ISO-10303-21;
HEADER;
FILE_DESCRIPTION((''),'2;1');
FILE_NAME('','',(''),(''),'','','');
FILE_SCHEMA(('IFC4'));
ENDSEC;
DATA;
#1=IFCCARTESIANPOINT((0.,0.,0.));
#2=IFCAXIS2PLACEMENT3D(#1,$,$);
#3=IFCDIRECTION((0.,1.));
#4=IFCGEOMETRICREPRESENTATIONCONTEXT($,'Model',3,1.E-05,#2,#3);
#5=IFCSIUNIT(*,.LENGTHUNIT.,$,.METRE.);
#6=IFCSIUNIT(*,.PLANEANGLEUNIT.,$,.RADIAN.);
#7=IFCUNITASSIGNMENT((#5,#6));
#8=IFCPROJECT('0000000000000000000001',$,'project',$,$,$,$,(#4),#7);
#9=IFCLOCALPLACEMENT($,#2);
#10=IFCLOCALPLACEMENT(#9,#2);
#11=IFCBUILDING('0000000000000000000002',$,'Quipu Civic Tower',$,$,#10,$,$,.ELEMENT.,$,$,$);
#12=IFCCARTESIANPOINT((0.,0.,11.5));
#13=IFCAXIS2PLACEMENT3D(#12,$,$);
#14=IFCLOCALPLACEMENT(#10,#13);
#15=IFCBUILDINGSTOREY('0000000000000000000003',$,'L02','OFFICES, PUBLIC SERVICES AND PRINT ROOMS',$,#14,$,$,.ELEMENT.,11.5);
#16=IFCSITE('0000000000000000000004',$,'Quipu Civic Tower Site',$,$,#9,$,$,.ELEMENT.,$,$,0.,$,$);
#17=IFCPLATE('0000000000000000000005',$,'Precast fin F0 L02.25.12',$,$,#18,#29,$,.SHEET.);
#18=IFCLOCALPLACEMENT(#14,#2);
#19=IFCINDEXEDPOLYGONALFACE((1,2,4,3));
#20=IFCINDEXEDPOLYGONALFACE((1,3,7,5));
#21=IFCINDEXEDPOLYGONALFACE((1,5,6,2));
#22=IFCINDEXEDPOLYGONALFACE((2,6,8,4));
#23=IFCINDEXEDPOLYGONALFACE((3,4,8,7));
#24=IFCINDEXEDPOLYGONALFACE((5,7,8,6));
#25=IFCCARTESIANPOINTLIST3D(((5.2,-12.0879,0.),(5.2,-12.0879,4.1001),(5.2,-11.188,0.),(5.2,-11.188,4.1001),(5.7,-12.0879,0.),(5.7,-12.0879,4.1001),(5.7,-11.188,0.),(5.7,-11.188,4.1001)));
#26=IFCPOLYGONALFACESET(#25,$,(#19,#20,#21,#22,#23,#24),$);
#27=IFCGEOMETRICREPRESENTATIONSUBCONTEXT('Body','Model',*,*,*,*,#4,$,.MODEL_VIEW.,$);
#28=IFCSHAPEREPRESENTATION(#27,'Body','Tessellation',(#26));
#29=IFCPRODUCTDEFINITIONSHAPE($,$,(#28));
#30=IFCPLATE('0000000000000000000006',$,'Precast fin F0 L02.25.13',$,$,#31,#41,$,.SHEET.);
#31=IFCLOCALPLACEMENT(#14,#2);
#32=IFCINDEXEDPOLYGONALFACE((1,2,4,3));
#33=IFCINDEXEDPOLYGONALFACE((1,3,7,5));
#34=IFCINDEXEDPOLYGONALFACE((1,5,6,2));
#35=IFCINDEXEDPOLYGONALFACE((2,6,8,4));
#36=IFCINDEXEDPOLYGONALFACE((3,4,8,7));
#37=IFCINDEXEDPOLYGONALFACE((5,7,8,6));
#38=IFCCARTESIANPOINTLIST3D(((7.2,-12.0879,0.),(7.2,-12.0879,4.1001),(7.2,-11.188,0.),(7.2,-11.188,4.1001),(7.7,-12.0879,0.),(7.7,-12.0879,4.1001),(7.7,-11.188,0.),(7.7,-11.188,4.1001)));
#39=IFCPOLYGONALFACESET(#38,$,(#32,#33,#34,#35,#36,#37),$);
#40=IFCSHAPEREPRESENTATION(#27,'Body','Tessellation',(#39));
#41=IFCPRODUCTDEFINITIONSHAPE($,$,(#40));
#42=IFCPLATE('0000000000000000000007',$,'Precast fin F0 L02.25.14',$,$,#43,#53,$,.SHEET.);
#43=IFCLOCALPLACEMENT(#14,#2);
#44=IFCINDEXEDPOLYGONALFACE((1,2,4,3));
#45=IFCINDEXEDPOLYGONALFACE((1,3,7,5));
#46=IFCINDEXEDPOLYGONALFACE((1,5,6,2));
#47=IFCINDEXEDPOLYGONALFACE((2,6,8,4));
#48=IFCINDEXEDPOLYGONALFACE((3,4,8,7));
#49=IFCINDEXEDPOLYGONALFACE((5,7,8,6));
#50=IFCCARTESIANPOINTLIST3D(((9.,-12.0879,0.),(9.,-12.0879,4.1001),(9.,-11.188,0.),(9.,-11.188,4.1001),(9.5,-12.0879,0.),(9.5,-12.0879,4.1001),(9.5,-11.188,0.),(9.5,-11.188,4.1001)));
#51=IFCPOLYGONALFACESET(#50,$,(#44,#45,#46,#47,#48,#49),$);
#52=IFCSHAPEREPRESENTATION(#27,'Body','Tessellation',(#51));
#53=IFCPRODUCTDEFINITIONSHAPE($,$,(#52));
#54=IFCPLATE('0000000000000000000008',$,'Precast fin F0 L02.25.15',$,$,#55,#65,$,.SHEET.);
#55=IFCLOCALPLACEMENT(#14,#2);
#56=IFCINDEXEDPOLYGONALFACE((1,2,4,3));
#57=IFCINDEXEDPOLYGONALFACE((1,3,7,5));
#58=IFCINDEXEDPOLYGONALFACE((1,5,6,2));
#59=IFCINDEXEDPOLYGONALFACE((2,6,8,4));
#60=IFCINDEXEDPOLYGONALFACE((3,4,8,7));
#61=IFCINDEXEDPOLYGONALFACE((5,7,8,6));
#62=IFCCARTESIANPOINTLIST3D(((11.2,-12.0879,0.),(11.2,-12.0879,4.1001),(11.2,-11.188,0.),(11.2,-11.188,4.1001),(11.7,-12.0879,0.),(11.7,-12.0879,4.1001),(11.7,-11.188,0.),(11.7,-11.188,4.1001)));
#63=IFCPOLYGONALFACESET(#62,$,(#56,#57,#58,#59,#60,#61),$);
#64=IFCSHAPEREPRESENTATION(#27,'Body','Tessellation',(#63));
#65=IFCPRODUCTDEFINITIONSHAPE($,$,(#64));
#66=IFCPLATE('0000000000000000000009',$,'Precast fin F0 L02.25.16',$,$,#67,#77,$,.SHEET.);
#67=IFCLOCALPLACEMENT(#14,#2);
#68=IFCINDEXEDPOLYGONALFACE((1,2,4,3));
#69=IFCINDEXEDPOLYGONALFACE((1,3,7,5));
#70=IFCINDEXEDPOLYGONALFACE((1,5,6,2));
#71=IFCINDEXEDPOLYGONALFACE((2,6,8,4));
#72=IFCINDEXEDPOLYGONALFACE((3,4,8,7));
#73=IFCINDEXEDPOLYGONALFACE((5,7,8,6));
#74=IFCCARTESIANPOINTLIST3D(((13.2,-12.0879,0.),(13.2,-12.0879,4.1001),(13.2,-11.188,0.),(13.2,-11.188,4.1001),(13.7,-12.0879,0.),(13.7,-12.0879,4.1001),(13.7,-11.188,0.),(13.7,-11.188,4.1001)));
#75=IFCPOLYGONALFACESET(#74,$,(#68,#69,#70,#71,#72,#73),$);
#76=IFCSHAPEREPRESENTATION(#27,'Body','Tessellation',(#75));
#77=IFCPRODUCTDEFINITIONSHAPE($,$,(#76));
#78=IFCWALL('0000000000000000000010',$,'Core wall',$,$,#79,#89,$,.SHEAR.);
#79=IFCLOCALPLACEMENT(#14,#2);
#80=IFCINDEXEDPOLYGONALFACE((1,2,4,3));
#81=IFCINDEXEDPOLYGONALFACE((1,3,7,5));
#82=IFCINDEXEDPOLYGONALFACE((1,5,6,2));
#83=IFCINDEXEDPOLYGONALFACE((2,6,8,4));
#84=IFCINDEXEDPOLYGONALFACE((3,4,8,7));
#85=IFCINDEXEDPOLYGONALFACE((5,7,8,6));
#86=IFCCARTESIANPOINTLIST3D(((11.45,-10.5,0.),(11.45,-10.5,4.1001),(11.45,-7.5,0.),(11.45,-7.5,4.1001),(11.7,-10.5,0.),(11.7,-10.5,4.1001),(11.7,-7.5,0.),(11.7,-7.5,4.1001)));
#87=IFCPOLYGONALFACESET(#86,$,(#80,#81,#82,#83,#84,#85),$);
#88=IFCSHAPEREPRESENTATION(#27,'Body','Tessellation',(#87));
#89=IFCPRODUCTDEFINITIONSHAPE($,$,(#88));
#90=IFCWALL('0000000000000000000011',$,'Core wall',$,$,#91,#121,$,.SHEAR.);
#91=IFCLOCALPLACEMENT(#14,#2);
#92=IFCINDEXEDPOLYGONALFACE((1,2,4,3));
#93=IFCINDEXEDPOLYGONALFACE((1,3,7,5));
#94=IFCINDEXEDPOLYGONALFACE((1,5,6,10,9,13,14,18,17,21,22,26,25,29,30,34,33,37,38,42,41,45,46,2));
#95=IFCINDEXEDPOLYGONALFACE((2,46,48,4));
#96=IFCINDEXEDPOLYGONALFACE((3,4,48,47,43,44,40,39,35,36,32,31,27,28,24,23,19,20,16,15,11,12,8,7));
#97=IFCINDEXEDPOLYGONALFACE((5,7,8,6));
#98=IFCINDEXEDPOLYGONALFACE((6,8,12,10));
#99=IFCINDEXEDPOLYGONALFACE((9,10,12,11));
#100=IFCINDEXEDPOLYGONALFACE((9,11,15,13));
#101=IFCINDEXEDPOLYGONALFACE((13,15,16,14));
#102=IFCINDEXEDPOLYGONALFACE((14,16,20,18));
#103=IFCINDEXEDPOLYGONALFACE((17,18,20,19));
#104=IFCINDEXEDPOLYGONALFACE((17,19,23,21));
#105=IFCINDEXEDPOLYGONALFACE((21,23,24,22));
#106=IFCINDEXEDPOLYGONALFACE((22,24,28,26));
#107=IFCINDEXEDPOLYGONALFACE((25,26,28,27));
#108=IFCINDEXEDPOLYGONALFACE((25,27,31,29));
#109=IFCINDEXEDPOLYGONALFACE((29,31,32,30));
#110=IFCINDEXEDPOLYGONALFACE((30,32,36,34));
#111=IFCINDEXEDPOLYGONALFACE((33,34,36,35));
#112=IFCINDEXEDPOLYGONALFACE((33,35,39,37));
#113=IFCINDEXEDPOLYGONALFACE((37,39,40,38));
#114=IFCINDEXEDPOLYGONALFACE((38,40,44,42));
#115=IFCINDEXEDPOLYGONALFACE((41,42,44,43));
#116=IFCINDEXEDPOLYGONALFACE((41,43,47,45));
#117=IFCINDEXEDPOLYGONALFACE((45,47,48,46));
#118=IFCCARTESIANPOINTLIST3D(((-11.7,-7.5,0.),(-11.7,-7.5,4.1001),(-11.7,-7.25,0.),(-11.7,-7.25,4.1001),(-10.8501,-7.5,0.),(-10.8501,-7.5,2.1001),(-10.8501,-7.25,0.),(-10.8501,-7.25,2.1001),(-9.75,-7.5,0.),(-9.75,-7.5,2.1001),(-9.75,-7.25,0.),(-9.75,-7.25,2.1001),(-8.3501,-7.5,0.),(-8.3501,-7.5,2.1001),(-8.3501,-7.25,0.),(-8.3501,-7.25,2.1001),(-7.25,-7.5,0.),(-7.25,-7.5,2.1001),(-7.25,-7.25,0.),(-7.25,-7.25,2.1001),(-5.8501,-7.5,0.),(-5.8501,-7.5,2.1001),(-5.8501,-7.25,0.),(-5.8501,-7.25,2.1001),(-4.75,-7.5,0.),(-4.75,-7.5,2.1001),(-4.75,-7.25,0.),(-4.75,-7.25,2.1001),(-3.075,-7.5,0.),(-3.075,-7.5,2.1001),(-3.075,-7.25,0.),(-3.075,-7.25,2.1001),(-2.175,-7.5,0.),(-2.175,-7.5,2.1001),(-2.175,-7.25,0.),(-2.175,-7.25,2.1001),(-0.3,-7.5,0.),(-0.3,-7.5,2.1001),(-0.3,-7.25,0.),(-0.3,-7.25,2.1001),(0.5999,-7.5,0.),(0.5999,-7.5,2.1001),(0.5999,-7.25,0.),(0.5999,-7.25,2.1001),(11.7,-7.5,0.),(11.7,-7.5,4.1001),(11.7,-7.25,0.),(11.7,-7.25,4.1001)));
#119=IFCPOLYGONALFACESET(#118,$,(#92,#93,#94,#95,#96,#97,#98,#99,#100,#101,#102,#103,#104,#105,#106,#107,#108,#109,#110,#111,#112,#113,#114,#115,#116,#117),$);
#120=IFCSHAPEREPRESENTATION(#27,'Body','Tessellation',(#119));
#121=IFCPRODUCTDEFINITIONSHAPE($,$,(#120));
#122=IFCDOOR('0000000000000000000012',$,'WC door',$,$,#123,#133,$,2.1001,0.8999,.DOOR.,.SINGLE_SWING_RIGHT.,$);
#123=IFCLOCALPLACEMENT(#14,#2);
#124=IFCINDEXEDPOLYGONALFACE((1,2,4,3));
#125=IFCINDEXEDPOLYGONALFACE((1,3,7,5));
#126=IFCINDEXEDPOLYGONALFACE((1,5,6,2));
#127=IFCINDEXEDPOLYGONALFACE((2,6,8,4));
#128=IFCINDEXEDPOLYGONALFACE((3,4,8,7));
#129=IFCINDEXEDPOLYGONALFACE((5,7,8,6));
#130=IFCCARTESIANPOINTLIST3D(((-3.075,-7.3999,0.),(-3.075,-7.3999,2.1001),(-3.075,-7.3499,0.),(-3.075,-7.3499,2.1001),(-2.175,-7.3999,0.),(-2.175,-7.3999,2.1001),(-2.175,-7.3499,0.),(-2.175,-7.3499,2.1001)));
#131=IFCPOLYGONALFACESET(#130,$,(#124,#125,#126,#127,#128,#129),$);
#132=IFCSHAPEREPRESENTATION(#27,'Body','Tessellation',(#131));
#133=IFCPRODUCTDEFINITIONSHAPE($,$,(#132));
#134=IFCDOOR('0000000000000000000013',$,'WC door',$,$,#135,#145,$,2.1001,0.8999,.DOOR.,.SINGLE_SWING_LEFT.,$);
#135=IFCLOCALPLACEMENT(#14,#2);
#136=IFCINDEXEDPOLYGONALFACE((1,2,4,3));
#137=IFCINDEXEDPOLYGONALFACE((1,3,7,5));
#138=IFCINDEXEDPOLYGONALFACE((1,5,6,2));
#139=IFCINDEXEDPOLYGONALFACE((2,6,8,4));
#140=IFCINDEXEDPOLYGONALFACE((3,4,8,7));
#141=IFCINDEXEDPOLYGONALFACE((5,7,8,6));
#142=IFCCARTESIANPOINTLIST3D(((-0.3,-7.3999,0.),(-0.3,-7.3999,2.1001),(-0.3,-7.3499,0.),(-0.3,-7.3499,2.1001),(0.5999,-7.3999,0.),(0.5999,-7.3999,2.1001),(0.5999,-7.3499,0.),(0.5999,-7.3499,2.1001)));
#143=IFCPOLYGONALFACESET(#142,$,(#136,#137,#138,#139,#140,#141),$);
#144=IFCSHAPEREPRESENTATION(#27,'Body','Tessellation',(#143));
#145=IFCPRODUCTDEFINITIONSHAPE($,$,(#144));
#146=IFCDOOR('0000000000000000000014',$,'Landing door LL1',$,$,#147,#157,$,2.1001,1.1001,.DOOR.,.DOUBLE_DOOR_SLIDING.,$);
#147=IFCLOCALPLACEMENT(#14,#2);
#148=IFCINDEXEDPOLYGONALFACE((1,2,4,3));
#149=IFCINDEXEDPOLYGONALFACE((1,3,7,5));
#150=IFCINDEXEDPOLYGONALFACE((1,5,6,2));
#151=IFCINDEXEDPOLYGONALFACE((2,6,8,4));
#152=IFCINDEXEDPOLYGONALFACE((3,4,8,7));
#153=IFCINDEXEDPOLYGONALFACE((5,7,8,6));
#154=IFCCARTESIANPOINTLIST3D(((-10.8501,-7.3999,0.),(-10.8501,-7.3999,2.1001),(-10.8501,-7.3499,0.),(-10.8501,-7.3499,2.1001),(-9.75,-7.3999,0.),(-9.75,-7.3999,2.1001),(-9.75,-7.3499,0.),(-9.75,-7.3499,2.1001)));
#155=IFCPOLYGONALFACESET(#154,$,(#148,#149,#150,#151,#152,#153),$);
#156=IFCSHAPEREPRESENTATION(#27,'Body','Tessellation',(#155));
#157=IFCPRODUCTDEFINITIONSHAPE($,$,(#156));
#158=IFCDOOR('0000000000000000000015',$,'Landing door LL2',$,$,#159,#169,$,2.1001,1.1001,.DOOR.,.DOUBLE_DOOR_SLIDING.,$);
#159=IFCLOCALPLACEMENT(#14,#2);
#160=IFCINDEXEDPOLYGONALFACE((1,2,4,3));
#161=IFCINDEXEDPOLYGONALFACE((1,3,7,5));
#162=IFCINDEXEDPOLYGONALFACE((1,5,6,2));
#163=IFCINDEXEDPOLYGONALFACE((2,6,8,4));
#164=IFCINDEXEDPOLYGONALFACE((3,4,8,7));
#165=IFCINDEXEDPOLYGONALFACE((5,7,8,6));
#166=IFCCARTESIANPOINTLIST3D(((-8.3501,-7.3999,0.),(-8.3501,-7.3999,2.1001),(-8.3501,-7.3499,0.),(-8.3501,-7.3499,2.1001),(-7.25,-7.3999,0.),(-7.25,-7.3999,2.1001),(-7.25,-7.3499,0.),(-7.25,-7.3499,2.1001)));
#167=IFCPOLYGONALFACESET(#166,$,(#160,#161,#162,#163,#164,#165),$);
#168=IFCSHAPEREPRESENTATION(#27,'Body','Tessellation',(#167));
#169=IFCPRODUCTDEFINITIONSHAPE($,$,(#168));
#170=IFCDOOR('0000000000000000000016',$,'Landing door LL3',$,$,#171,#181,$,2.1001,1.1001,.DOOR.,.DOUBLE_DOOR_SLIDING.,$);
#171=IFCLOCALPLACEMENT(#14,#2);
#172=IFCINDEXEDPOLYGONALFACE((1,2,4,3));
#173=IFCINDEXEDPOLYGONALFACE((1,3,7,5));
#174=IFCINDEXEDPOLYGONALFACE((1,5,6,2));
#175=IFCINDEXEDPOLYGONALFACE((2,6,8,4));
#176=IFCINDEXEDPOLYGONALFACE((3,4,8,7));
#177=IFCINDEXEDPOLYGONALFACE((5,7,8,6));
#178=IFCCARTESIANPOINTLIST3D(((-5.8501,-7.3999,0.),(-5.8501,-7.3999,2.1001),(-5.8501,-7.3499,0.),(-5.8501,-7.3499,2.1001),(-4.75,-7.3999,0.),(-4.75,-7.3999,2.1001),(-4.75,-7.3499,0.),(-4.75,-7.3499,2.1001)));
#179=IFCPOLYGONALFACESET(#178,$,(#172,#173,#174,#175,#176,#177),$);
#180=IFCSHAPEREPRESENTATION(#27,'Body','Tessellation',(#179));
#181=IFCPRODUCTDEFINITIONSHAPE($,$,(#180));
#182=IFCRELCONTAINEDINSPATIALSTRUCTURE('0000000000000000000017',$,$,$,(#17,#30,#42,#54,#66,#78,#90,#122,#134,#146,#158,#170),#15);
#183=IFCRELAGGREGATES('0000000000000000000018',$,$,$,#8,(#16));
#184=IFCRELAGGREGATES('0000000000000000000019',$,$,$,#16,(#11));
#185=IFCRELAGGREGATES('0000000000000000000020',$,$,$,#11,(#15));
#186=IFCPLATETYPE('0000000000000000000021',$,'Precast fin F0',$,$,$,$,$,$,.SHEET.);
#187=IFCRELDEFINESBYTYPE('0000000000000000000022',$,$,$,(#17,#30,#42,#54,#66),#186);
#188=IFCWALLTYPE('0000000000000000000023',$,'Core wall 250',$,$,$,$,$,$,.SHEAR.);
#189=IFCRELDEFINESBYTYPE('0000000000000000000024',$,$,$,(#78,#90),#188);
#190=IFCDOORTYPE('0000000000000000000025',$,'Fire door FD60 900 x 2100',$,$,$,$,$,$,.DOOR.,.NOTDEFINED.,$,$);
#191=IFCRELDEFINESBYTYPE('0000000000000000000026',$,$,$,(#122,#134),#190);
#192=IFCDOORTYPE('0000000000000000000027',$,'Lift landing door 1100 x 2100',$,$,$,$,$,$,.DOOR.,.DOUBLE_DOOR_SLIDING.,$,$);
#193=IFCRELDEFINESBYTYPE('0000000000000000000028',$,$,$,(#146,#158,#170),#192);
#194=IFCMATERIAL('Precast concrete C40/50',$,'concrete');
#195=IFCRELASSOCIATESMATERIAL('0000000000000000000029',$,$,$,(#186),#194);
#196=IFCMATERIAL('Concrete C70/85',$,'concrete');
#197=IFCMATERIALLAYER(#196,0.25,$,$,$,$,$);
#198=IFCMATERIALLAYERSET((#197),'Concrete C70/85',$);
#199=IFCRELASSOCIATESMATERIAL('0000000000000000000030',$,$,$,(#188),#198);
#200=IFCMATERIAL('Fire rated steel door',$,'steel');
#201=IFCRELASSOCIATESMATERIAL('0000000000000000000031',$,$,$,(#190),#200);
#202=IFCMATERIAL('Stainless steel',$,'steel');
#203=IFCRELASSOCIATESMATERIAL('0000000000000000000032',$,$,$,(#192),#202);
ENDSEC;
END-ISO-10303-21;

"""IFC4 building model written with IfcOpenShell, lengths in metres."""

from ifc_helpers import new_model, si_unit, direction, frame, frame_2d, origin, origin_2d, place, context, subcontext, project, spatial, rectangle, extrude, material, layer, layer_set, type_object, element, fill, save


model = new_model("IFC4")

# Units and contexts
model_context = context("Model", 3, precision=1e-05, world=origin(), true_north=direction((0.0, 1.0)))
body_context = subcontext(model_context, "Body", "Model", "MODEL_VIEW")
ifc_project = project(units=[si_unit("LENGTHUNIT", "METRE"), si_unit("PLANEANGLEUNIT", "RADIAN")], contexts=[model_context])

# Site, building, storey
site_placement = place(None, origin())
site = spatial("IfcSite", under=ifc_project, at=site_placement, Name="Quipu Civic Tower Site", CompositionType="ELEMENT", RefElevation=0.0)
building_placement = place(site_placement, origin())
building = spatial("IfcBuilding", under=site, at=building_placement, Name="Quipu Civic Tower", CompositionType="ELEMENT")
storey_placement = place(building_placement, frame((0.0, 0.0, 11.5)))
storey = spatial("IfcBuildingStorey", under=building, at=storey_placement, Name="L02", Description="OFFICES, PUBLIC SERVICES AND PRINT ROOMS", CompositionType="ELEMENT", Elevation=11.5)

# Plates
ifc_material_1 = material(Name="Precast concrete C40/50", Category="concrete")
plate_type = type_object("IfcPlateType", Name="Precast fin F0", PredefinedType="SHEET", material=ifc_material_1)
for number, where, z_axis, x_axis, name in (
    (1, (5.45, -11.6379, 0.0), (0.0, 0.0, 1.0), (1.0, 0.0, 0.0), "Precast fin F0 L02.25.12"),
    (2, (7.45, -11.6379, 0.0), (0.0, 0.0, 1.0), (1.0, 0.0, 0.0), "Precast fin F0 L02.25.13"),
    (3, (9.25, -11.6379, 0.0), (0.0, 0.0, 1.0), (1.0, 0.0, 0.0), "Precast fin F0 L02.25.14"),
    (4, (11.45, -11.6379, 0.0), (0.0, 0.0, 1.0), (1.0, 0.0, 0.0), "Precast fin F0 L02.25.15"),
    (5, (13.45, -11.6379, 0.0), (0.0, 0.0, 1.0), (1.0, 0.0, 0.0), "Precast fin F0 L02.25.16"),
):
    element("IfcPlate", number, at=place(storey_placement, frame(where, z_axis=z_axis, x_axis=x_axis)), inside=storey, type_object=plate_type, Name=name, PredefinedType="SHEET", context=body_context, shape_type="SweptSolid", body=[
        extrude(rectangle(XDim=0.5, YDim=0.8999, at=origin_2d()), origin(), (0.0, 0.0, 1.0), 4.1001),
    ])

# Wall
ifc_material_2 = material(Name="Concrete C70/85", Category="concrete")
ifc_layer_1 = layer(ifc_material_2, 0.25)
ifc_layer_set_1 = layer_set([ifc_layer_1], Name="Concrete C70/85")
wall_type_1 = type_object("IfcWallType", Name="Core wall 250", PredefinedType="SHEAR", material=ifc_layer_set_1)
wall_1_placement = place(storey_placement, frame((11.575, -10.5, 0.0), z_axis=(0.0, 0.0, 1.0), x_axis=(0.0, 1.0, 0.0)))
element("IfcWall", 6, at=wall_1_placement, inside=storey, type_object=wall_type_1, Name="Core wall", PredefinedType="SHEAR", context=body_context, shape_type="SweptSolid", body=[
    extrude(rectangle(XDim=3.0, YDim=0.25, at=frame_2d((1.5, 0.0))), origin(), (0.0, 0.0, 1.0), 4.1001),
])

# Wall, openings, doors
wall_2_placement = place(storey_placement, frame((11.7, -7.375, 0.0), z_axis=(0.0, 0.0, 1.0), x_axis=(-1.0, 0.0, 0.0)))
wall_2 = element("IfcWall", 7, at=wall_2_placement, inside=storey, type_object=wall_type_1, Name="Core wall", PredefinedType="SHEAR", context=body_context, shape_type="SweptSolid", body=[
    extrude(rectangle(XDim=23.3999, YDim=0.25, at=frame_2d((11.7, 0.0))), origin(), (0.0, 0.0, 1.0), 4.1001),
])
opening_1_placement = place(wall_2_placement, frame((21.45, 0.0, 0.0)))
opening_1 = element("IfcOpeningElement", 8, at=opening_1_placement, cuts=wall_2, PredefinedType="OPENING", context=body_context, shape_type="SweptSolid", body=[
    extrude(rectangle(XDim=1.1001, YDim=2.1001, at=frame_2d((0.55, 1.05))), frame((0.0, 0.135, 0.0), z_axis=(0.0, -1.0, 0.0), x_axis=(1.0, 0.0, 0.0)), (0.0, 0.0, 1.0), 0.27),
])
opening_2_placement = place(wall_2_placement, frame((18.95, 0.0, 0.0)))
opening_2 = element("IfcOpeningElement", 9, at=opening_2_placement, cuts=wall_2, PredefinedType="OPENING", context=body_context, shape_type="SweptSolid", body=[
    extrude(rectangle(XDim=1.1001, YDim=2.1001, at=frame_2d((0.55, 1.05))), frame((0.0, 0.135, 0.0), z_axis=(0.0, -1.0, 0.0), x_axis=(1.0, 0.0, 0.0)), (0.0, 0.0, 1.0), 0.27),
])
opening_3_placement = place(wall_2_placement, frame((16.45, 0.0, 0.0)))
opening_3 = element("IfcOpeningElement", 10, at=opening_3_placement, cuts=wall_2, PredefinedType="OPENING", context=body_context, shape_type="SweptSolid", body=[
    extrude(rectangle(XDim=1.1001, YDim=2.1001, at=frame_2d((0.55, 1.05))), frame((0.0, 0.135, 0.0), z_axis=(0.0, -1.0, 0.0), x_axis=(1.0, 0.0, 0.0)), (0.0, 0.0, 1.0), 0.27),
])
opening_4_placement = place(wall_2_placement, frame((13.875, 0.0, 0.0)))
opening_4 = element("IfcOpeningElement", 11, at=opening_4_placement, cuts=wall_2, PredefinedType="OPENING", context=body_context, shape_type="SweptSolid", body=[
    extrude(rectangle(XDim=0.8999, YDim=2.1001, at=frame_2d((0.45, 1.05))), frame((0.0, 0.135, 0.0), z_axis=(0.0, -1.0, 0.0), x_axis=(1.0, 0.0, 0.0)), (0.0, 0.0, 1.0), 0.27),
])
opening_5_placement = place(wall_2_placement, frame((11.1001, 0.0, 0.0)))
opening_5 = element("IfcOpeningElement", 12, at=opening_5_placement, cuts=wall_2, PredefinedType="OPENING", context=body_context, shape_type="SweptSolid", body=[
    extrude(rectangle(XDim=0.8999, YDim=2.1001, at=frame_2d((0.45, 1.05))), frame((0.0, 0.135, 0.0), z_axis=(0.0, -1.0, 0.0), x_axis=(1.0, 0.0, 0.0)), (0.0, 0.0, 1.0), 0.27),
])
ifc_material_3 = material(Name="Fire rated steel door", Category="steel")
door_type_1 = type_object("IfcDoorType", Name="Fire door FD60 900 x 2100", OperationType="NOTDEFINED", PredefinedType="DOOR", material=ifc_material_3)
door_1_placement = place(opening_4_placement, origin())
door_1 = element("IfcDoor", 13, at=door_1_placement, inside=storey, type_object=door_type_1, Name="WC door", OperationType="SINGLE_SWING_RIGHT", OverallHeight=2.1001, OverallWidth=0.8999, PredefinedType="DOOR", context=body_context, shape_type="SweptSolid", body=[
    extrude(rectangle(XDim=0.8999, YDim=2.1001, at=frame_2d((0.45, 1.05))), frame((0.0, 0.0249, 0.0), z_axis=(0.0, -1.0, 0.0), x_axis=(1.0, 0.0, 0.0)), (0.0, 0.0, 1.0), 0.05),
])
fill(opening_4, door_1)
door_2_placement = place(opening_5_placement, origin())
door_2 = element("IfcDoor", 14, at=door_2_placement, inside=storey, type_object=door_type_1, Name="WC door", OperationType="SINGLE_SWING_LEFT", OverallHeight=2.1001, OverallWidth=0.8999, PredefinedType="DOOR", context=body_context, shape_type="SweptSolid", body=[
    extrude(rectangle(XDim=0.8999, YDim=2.1001, at=frame_2d((0.45, 1.05))), frame((0.0, 0.0249, 0.0), z_axis=(0.0, -1.0, 0.0), x_axis=(1.0, 0.0, 0.0)), (0.0, 0.0, 1.0), 0.05),
])
fill(opening_5, door_2)
ifc_material_4 = material(Name="Stainless steel", Category="steel")
door_type_2 = type_object("IfcDoorType", Name="Lift landing door 1100 x 2100", OperationType="DOUBLE_DOOR_SLIDING", PredefinedType="DOOR", material=ifc_material_4)
door_3_placement = place(opening_1_placement, origin())
door_3 = element("IfcDoor", 15, at=door_3_placement, inside=storey, type_object=door_type_2, Name="Landing door LL1", OperationType="DOUBLE_DOOR_SLIDING", OverallHeight=2.1001, OverallWidth=1.1001, PredefinedType="DOOR", context=body_context, shape_type="SweptSolid", body=[
    extrude(rectangle(XDim=1.1001, YDim=2.1001, at=frame_2d((0.55, 1.05))), frame((0.0, 0.0249, 0.0), z_axis=(0.0, -1.0, 0.0), x_axis=(1.0, 0.0, 0.0)), (0.0, 0.0, 1.0), 0.05),
])
fill(opening_1, door_3)
door_4_placement = place(opening_2_placement, origin())
door_4 = element("IfcDoor", 16, at=door_4_placement, inside=storey, type_object=door_type_2, Name="Landing door LL2", OperationType="DOUBLE_DOOR_SLIDING", OverallHeight=2.1001, OverallWidth=1.1001, PredefinedType="DOOR", context=body_context, shape_type="SweptSolid", body=[
    extrude(rectangle(XDim=1.1001, YDim=2.1001, at=frame_2d((0.55, 1.05))), frame((0.0, 0.0249, 0.0), z_axis=(0.0, -1.0, 0.0), x_axis=(1.0, 0.0, 0.0)), (0.0, 0.0, 1.0), 0.05),
])
fill(opening_2, door_4)
door_5_placement = place(opening_3_placement, origin())
door_5 = element("IfcDoor", 17, at=door_5_placement, inside=storey, type_object=door_type_2, Name="Landing door LL3", OperationType="DOUBLE_DOOR_SLIDING", OverallHeight=2.1001, OverallWidth=1.1001, PredefinedType="DOOR", context=body_context, shape_type="SweptSolid", body=[
    extrude(rectangle(XDim=1.1001, YDim=2.1001, at=frame_2d((0.55, 1.05))), frame((0.0, 0.0249, 0.0), z_axis=(0.0, -1.0, 0.0), x_axis=(1.0, 0.0, 0.0)), (0.0, 0.0, 1.0), 0.05),
])
fill(opening_3, door_5)

save(model, "model.ifc")
